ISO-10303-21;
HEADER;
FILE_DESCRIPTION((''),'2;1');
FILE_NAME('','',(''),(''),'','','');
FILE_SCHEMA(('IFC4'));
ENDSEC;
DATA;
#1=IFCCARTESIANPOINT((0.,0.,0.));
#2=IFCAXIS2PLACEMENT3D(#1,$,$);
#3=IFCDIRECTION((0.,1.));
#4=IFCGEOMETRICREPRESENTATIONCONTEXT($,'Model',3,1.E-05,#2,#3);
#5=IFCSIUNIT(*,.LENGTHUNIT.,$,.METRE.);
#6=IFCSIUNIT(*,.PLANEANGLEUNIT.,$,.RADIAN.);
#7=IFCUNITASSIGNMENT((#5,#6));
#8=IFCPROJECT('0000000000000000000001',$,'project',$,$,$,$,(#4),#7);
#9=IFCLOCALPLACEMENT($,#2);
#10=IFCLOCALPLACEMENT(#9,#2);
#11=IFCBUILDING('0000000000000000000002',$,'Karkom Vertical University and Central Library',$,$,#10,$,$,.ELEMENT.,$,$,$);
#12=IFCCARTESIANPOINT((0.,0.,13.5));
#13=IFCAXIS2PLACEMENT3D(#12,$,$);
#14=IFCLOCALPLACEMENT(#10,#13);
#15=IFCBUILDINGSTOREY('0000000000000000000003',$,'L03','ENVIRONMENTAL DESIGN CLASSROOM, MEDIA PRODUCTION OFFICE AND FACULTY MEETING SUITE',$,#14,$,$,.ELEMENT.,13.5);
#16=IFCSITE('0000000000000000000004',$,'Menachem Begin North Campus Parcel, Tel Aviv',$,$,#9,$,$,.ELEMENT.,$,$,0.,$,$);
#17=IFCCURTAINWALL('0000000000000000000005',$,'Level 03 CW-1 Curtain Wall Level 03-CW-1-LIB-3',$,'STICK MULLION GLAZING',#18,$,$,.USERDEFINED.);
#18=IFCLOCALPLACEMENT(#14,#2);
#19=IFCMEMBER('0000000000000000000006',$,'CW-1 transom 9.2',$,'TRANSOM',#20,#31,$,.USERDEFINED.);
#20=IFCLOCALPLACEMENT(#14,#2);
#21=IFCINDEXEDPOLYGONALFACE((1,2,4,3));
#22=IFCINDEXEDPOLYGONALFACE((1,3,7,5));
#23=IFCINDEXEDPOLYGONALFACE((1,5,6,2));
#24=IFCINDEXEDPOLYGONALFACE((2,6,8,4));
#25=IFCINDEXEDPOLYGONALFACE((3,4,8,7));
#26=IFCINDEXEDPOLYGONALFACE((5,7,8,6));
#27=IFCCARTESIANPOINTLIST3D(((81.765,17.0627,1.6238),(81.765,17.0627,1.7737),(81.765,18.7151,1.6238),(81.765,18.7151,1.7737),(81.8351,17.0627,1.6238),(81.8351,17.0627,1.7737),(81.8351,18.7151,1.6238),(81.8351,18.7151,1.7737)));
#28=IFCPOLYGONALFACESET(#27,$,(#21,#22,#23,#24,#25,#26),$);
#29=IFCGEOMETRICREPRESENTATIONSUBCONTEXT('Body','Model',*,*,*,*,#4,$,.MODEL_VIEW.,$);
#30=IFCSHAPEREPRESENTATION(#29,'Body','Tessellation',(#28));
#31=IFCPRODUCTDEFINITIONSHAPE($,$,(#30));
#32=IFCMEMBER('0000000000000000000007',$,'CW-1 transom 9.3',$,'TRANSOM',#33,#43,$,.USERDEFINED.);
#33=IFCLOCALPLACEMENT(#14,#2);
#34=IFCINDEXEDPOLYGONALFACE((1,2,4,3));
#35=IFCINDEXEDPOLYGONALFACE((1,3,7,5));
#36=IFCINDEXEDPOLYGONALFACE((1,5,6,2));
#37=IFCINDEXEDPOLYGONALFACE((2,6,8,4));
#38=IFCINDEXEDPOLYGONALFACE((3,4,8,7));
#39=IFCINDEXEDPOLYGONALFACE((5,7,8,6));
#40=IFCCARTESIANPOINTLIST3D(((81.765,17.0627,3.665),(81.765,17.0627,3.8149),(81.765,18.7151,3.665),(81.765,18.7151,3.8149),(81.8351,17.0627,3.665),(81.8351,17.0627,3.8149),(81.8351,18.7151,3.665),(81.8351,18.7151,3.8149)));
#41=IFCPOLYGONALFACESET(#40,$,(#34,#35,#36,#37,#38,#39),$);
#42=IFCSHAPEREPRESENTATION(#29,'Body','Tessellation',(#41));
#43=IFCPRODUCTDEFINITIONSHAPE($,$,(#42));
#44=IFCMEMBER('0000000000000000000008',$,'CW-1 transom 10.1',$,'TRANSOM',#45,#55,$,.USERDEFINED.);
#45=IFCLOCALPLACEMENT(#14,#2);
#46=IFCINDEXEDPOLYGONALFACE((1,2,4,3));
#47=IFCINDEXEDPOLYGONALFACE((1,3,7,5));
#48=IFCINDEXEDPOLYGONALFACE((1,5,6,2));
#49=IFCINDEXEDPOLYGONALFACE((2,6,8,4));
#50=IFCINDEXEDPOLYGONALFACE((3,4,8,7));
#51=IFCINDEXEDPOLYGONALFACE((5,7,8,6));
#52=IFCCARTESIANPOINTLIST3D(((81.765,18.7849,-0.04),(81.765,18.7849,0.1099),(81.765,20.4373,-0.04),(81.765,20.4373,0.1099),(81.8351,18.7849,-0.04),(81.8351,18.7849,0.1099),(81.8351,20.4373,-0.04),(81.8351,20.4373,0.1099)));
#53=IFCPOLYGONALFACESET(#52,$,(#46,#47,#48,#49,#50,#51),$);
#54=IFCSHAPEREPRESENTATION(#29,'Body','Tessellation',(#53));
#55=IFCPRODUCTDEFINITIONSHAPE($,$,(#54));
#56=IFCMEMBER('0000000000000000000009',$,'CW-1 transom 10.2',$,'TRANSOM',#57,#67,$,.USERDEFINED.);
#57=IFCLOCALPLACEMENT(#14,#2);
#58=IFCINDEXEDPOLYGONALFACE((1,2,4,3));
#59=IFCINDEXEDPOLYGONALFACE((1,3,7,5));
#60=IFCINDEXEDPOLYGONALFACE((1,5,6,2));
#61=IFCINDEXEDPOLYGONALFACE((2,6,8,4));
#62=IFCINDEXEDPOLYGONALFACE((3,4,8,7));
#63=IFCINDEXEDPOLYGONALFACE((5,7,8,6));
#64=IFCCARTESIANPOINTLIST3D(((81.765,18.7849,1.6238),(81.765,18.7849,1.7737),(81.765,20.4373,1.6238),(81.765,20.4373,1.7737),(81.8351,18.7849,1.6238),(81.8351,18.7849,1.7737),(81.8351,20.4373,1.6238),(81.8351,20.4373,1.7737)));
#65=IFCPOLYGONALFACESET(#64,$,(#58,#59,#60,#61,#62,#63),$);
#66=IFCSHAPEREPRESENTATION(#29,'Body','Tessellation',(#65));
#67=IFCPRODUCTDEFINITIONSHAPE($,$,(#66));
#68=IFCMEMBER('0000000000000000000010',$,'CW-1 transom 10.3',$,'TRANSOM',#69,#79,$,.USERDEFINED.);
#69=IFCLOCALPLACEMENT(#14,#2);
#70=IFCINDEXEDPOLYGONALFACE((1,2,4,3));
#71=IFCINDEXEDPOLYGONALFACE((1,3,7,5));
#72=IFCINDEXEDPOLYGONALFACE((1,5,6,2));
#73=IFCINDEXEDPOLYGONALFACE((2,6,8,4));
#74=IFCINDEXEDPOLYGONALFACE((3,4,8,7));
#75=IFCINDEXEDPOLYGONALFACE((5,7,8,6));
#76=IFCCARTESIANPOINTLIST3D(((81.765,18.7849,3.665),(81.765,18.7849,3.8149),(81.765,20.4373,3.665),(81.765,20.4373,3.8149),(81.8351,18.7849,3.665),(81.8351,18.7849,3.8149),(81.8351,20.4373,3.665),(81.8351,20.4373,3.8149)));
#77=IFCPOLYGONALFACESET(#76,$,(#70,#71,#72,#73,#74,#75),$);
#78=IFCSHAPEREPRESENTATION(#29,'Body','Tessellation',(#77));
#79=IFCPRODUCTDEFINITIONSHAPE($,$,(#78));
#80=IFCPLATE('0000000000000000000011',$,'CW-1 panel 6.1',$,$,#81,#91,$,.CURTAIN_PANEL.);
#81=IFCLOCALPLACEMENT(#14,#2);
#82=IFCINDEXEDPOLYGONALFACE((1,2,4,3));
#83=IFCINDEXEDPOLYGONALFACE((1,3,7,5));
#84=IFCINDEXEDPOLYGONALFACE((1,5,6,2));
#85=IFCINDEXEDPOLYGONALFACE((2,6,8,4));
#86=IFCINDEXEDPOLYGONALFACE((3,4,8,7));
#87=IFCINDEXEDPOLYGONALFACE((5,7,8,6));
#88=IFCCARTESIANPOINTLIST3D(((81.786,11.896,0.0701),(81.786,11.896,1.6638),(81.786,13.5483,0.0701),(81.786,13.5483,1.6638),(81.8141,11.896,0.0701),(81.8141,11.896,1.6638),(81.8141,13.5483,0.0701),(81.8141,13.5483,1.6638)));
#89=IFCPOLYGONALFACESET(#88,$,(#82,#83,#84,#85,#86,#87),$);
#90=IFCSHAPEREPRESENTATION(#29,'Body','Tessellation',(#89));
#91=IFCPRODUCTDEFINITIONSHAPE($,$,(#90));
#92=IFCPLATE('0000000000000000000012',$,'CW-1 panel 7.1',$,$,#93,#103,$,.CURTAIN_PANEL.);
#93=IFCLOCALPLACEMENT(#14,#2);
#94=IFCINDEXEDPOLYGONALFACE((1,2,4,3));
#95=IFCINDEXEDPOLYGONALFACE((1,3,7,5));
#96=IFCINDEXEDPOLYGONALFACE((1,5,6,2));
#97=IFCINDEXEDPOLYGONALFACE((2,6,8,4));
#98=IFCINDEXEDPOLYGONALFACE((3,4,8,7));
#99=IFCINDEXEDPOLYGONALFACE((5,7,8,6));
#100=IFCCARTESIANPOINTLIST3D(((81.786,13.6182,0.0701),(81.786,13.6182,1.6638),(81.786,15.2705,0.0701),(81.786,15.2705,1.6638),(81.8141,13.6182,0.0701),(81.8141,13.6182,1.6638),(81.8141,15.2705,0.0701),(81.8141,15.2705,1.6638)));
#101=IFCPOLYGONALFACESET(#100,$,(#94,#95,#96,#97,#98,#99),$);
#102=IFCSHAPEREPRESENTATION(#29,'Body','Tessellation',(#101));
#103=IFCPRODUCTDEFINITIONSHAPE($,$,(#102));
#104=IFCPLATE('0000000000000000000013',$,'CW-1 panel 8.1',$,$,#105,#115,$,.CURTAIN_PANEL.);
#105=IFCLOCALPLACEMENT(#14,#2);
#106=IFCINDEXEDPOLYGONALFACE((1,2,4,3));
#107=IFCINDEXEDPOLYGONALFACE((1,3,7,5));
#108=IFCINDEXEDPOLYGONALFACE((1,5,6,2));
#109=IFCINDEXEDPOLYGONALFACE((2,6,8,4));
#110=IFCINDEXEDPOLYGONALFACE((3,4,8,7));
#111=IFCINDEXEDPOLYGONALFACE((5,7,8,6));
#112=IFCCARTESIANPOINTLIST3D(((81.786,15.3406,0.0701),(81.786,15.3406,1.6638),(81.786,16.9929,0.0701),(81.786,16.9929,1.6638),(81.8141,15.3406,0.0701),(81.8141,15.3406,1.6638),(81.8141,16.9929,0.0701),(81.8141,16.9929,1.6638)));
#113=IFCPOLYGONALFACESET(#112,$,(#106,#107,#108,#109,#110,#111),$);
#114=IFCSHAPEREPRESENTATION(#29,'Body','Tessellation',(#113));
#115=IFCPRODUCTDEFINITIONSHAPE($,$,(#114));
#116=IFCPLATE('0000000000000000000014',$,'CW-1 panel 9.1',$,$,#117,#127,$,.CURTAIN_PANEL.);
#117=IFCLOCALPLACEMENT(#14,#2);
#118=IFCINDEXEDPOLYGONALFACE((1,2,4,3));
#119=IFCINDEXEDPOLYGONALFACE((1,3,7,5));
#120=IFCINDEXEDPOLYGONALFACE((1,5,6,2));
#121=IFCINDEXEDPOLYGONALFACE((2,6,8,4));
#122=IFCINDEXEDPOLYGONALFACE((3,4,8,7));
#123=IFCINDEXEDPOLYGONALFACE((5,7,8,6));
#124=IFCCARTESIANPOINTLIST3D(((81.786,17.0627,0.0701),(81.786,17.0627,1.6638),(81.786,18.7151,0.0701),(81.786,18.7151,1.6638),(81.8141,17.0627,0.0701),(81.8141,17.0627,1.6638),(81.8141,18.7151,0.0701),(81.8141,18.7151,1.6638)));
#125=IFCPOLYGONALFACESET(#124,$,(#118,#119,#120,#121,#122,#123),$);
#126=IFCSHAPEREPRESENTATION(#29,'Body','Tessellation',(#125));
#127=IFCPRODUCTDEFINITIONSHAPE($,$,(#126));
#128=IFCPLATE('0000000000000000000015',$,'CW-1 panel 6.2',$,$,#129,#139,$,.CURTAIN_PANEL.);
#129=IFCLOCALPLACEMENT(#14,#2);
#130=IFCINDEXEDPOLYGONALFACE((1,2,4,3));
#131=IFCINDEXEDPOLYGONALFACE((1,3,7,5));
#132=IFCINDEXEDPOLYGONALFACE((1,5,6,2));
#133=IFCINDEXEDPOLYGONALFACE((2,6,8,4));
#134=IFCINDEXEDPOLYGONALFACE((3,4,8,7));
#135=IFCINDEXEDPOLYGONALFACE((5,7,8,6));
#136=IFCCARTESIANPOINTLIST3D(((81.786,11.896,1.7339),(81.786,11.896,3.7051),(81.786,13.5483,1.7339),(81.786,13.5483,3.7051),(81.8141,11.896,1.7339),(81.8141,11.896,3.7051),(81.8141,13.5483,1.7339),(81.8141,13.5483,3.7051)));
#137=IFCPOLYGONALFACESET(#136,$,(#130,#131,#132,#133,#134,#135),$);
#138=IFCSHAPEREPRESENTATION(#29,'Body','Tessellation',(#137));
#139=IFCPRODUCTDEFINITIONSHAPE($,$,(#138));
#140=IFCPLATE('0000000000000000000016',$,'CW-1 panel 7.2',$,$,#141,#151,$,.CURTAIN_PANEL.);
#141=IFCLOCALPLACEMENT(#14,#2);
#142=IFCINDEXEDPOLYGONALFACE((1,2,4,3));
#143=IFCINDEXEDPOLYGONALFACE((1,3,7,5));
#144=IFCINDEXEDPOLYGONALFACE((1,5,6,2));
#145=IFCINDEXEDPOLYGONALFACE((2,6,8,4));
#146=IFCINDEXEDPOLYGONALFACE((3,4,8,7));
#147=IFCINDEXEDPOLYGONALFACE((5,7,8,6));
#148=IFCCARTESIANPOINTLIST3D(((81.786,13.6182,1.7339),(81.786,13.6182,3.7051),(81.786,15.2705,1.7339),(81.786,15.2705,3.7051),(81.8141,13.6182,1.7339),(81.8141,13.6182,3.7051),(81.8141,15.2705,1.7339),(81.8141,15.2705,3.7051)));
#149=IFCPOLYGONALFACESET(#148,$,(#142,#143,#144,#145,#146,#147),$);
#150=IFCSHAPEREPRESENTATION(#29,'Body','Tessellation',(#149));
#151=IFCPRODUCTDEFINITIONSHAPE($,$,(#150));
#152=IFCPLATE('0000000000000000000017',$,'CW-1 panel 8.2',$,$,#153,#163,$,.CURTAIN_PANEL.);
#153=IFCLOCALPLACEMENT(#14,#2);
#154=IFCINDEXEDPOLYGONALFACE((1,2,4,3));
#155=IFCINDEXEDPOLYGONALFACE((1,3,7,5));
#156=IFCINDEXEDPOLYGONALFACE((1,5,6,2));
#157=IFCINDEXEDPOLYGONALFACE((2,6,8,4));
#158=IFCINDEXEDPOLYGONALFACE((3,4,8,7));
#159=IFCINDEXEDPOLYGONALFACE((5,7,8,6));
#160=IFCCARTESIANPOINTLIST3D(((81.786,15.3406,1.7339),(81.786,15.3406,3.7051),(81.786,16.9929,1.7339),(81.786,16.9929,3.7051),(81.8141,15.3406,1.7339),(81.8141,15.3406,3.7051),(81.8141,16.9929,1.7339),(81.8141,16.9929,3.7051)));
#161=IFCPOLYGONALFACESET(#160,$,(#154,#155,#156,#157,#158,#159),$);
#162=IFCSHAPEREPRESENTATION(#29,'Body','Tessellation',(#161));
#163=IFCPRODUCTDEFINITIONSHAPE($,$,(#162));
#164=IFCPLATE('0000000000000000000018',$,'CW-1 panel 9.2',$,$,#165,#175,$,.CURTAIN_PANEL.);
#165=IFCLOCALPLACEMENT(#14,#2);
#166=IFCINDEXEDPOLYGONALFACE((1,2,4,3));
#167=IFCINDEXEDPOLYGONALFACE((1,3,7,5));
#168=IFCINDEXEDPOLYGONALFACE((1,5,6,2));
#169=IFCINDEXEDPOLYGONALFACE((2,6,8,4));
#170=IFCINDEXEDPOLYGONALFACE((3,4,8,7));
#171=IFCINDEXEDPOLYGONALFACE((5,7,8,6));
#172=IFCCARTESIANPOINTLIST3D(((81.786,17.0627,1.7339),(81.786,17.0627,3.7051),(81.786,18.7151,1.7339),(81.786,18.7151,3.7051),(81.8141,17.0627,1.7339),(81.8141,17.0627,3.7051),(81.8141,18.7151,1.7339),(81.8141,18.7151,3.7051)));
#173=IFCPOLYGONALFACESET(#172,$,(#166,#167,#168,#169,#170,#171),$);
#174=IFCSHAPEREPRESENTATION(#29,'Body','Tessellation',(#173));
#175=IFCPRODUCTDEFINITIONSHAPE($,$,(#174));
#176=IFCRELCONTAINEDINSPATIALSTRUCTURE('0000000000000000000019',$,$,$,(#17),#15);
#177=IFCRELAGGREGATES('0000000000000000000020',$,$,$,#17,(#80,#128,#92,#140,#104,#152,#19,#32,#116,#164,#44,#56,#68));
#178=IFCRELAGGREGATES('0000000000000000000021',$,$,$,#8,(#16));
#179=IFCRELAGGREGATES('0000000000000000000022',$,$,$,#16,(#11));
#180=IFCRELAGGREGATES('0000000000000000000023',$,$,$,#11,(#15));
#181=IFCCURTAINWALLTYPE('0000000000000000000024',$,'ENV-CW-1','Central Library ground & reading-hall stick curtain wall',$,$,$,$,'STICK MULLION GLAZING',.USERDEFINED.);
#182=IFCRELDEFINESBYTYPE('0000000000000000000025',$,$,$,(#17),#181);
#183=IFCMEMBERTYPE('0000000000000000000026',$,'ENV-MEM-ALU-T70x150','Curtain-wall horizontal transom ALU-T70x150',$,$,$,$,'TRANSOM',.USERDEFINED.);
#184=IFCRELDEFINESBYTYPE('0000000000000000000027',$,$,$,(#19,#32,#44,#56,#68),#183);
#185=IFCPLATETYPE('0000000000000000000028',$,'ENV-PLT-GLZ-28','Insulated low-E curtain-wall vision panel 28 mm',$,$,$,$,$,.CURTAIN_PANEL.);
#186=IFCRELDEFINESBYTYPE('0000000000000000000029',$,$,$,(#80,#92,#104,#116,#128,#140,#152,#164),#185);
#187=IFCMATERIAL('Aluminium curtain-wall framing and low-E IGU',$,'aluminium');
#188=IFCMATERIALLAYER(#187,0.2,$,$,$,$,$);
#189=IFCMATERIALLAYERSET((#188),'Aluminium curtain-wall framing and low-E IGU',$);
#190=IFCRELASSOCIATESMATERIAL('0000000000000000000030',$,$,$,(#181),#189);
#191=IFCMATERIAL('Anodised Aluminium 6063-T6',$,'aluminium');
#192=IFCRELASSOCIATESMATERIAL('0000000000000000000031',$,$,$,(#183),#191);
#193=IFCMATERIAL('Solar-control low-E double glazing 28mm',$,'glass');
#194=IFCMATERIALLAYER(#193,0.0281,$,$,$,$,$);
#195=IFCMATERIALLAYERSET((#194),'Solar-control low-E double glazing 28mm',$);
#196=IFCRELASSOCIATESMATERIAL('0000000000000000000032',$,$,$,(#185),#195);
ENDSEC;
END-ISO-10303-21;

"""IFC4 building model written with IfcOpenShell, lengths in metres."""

from ifc_helpers import new_model, si_unit, direction, frame, origin, origin_with_axes, origin_2d, place, context, subcontext, project, spatial, rectangle, extrude, source, transform, mapped, material, layer, layer_set, material_profile, profile_set, type_object, element, aggregate, save


model = new_model("IFC4")

# Units and contexts
model_context = context("Model", 3, precision=1e-05, world=origin(), true_north=direction((0.0, 1.0)))
body_context = subcontext(model_context, "Body", "Model", "MODEL_VIEW")
ifc_project = project(units=[si_unit("LENGTHUNIT", "METRE"), si_unit("PLANEANGLEUNIT", "RADIAN")], contexts=[model_context])

# Site, building, storey
site_placement = place(None, origin())
site = spatial("IfcSite", under=ifc_project, at=site_placement, Name="Menachem Begin North Campus Parcel, Tel Aviv", CompositionType="ELEMENT", RefElevation=0.0)
building_placement = place(site_placement, origin())
building = spatial("IfcBuilding", under=site, at=building_placement, Name="Karkom Vertical University and Central Library", CompositionType="ELEMENT")
storey_placement = place(building_placement, frame((0.0, 0.0, 13.5)))
storey = spatial("IfcBuildingStorey", under=building, at=storey_placement, Name="L03", Description="ENVIRONMENTAL DESIGN CLASSROOM, MEDIA PRODUCTION OFFICE AND FACULTY MEETING SUITE", CompositionType="ELEMENT", Elevation=13.5)

# Curtain wall, members, plates
ifc_material_1 = material(Name="Aluminium curtain-wall framing and low-E IGU", Category="aluminium")
ifc_layer_1 = layer(ifc_material_1, 0.2)
ifc_layer_set_1 = layer_set([ifc_layer_1], Name="Aluminium curtain-wall framing and low-E IGU")
curtain_wall_type = type_object("IfcCurtainWallType", Name="ENV-CW-1", Description="Central Library ground & reading-hall stick curtain wall", ElementType="STICK MULLION GLAZING", PredefinedType="USERDEFINED", material=ifc_layer_set_1)
curtain_wall_placement = place(storey_placement, origin())
curtain_wall = element("IfcCurtainWall", 1, at=curtain_wall_placement, inside=storey, type_object=curtain_wall_type, Name="Level 03 CW-1 Curtain Wall Level 03-CW-1-LIB-3", ObjectType="STICK MULLION GLAZING", PredefinedType="USERDEFINED")
ifc_material_2 = material(Name="Anodised Aluminium 6063-T6", Category="aluminium")
ifc_material_profile_1 = material_profile(ifc_material_2, rectangle(XDim=0.0701, YDim=0.1499, at=origin_2d()), Name="ALU-T70x150")
ifc_profile_set_1 = profile_set([ifc_material_profile_1], Name="Anodised Aluminium 6063-T6")
member_type_1 = type_object("IfcMemberType", Name="ENV-MEM-ALU-T70x150", Description="Curtain-wall horizontal transom ALU-T70x150", ElementType="TRANSOM", PredefinedType="USERDEFINED", material=ifc_profile_set_1)
shared_shape_1 = source(origin_with_axes(), body_context, "Body", "SweptSolid", [
    extrude(rectangle(XDim=0.0701, YDim=0.1499, at=origin_2d()), origin(), (0.0, 0.0, 1.0), 1.6523),
])
member_1_placement = place(storey_placement, frame((81.8, 17.0627, 1.6987), z_axis=(0.0, 1.0, 0.0), x_axis=(-1.0, 0.0, 0.0)))
member_1 = element("IfcMember", 2, at=member_1_placement, type_object=member_type_1, Name="CW-1 transom 9.2", ObjectType="TRANSOM", PredefinedType="USERDEFINED", context=body_context, shape_type="MappedRepresentation", body=[
    mapped(shared_shape_1, transform((0.0, 0.0, 0.0), scale=1.0)),
])
member_2_placement = place(storey_placement, frame((81.8, 17.0627, 3.74), z_axis=(0.0, 1.0, 0.0), x_axis=(-1.0, 0.0, 0.0)))
member_2 = element("IfcMember", 3, at=member_2_placement, type_object=member_type_1, Name="CW-1 transom 9.3", ObjectType="TRANSOM", PredefinedType="USERDEFINED", context=body_context, shape_type="MappedRepresentation", body=[
    mapped(shared_shape_1, transform((0.0, 0.0, 0.0), scale=1.0)),
])
member_3_placement = place(storey_placement, frame((81.8, 18.7849, 0.0349), z_axis=(0.0, 1.0, 0.0), x_axis=(-1.0, 0.0, 0.0)))
member_3 = element("IfcMember", 4, at=member_3_placement, type_object=member_type_1, Name="CW-1 transom 10.1", ObjectType="TRANSOM", PredefinedType="USERDEFINED", context=body_context, shape_type="MappedRepresentation", body=[
    mapped(shared_shape_1, transform((0.0, 0.0, 0.0), scale=1.0)),
])
member_4_placement = place(storey_placement, frame((81.8, 18.7849, 1.6987), z_axis=(0.0, 1.0, 0.0), x_axis=(-1.0, 0.0, 0.0)))
member_4 = element("IfcMember", 5, at=member_4_placement, type_object=member_type_1, Name="CW-1 transom 10.2", ObjectType="TRANSOM", PredefinedType="USERDEFINED", context=body_context, shape_type="MappedRepresentation", body=[
    mapped(shared_shape_1, transform((0.0, 0.0, 0.0), scale=1.0)),
])
member_5_placement = place(storey_placement, frame((81.8, 18.7849, 3.74), z_axis=(0.0, 1.0, 0.0), x_axis=(-1.0, 0.0, 0.0)))
member_5 = element("IfcMember", 6, at=member_5_placement, type_object=member_type_1, Name="CW-1 transom 10.3", ObjectType="TRANSOM", PredefinedType="USERDEFINED", context=body_context, shape_type="MappedRepresentation", body=[
    mapped(shared_shape_1, transform((0.0, 0.0, 0.0), scale=1.0)),
])
ifc_material_3 = material(Name="Solar-control low-E double glazing 28mm", Category="glass")
ifc_layer_2 = layer(ifc_material_3, 0.0281)
ifc_layer_set_2 = layer_set([ifc_layer_2], Name="Solar-control low-E double glazing 28mm")
plate_type = type_object("IfcPlateType", Name="ENV-PLT-GLZ-28", Description="Insulated low-E curtain-wall vision panel 28 mm", PredefinedType="CURTAIN_PANEL", material=ifc_layer_set_2)
shared_shape_2 = source(origin_with_axes(), body_context, "Body", "SweptSolid", [
    extrude(rectangle(XDim=1.6523, YDim=0.0281, at=origin_2d()), origin(), (0.0, 0.0, 1.0), 1.5938),
])
plate_1_placement = place(storey_placement, frame((81.8, 12.7222, 0.0701), z_axis=(0.0, 0.0, 1.0), x_axis=(0.0, 1.0, 0.0)))
plate_1 = element("IfcPlate", 7, at=plate_1_placement, type_object=plate_type, Name="CW-1 panel 6.1", PredefinedType="CURTAIN_PANEL", context=body_context, shape_type="MappedRepresentation", body=[
    mapped(shared_shape_2, transform((0.0, 0.0, 0.0), scale=1.0)),
])
plate_2_placement = place(storey_placement, frame((81.8, 14.4443, 0.0701), z_axis=(0.0, 0.0, 1.0), x_axis=(0.0, 1.0, 0.0)))
plate_2 = element("IfcPlate", 8, at=plate_2_placement, type_object=plate_type, Name="CW-1 panel 7.1", PredefinedType="CURTAIN_PANEL", context=body_context, shape_type="MappedRepresentation", body=[
    mapped(shared_shape_2, transform((0.0, 0.0, 0.0), scale=1.0)),
])
plate_3_placement = place(storey_placement, frame((81.8, 16.1667, 0.0701), z_axis=(0.0, 0.0, 1.0), x_axis=(0.0, 1.0, 0.0)))
plate_3 = element("IfcPlate", 9, at=plate_3_placement, type_object=plate_type, Name="CW-1 panel 8.1", PredefinedType="CURTAIN_PANEL", context=body_context, shape_type="MappedRepresentation", body=[
    mapped(shared_shape_2, transform((0.0, 0.0, 0.0), scale=1.0)),
])
plate_4_placement = place(storey_placement, frame((81.8, 17.8889, 0.0701), z_axis=(0.0, 0.0, 1.0), x_axis=(0.0, 1.0, 0.0)))
plate_4 = element("IfcPlate", 10, at=plate_4_placement, type_object=plate_type, Name="CW-1 panel 9.1", PredefinedType="CURTAIN_PANEL", context=body_context, shape_type="MappedRepresentation", body=[
    mapped(shared_shape_2, transform((0.0, 0.0, 0.0), scale=1.0)),
])
shared_shape_3 = source(origin_with_axes(), body_context, "Body", "SweptSolid", [
    extrude(rectangle(XDim=1.6523, YDim=0.0281, at=origin_2d()), origin(), (0.0, 0.0, 1.0), 1.9712),
])
plate_5_placement = place(storey_placement, frame((81.8, 12.7222, 1.7339), z_axis=(0.0, 0.0, 1.0), x_axis=(0.0, 1.0, 0.0)))
plate_5 = element("IfcPlate", 11, at=plate_5_placement, type_object=plate_type, Name="CW-1 panel 6.2", PredefinedType="CURTAIN_PANEL", context=body_context, shape_type="MappedRepresentation", body=[
    mapped(shared_shape_3, transform((0.0, 0.0, 0.0), scale=1.0)),
])
plate_6_placement = place(storey_placement, frame((81.8, 14.4443, 1.7339), z_axis=(0.0, 0.0, 1.0), x_axis=(0.0, 1.0, 0.0)))
plate_6 = element("IfcPlate", 12, at=plate_6_placement, type_object=plate_type, Name="CW-1 panel 7.2", PredefinedType="CURTAIN_PANEL", context=body_context, shape_type="MappedRepresentation", body=[
    mapped(shared_shape_3, transform((0.0, 0.0, 0.0), scale=1.0)),
])
plate_7_placement = place(storey_placement, frame((81.8, 16.1667, 1.7339), z_axis=(0.0, 0.0, 1.0), x_axis=(0.0, 1.0, 0.0)))
plate_7 = element("IfcPlate", 13, at=plate_7_placement, type_object=plate_type, Name="CW-1 panel 8.2", PredefinedType="CURTAIN_PANEL", context=body_context, shape_type="MappedRepresentation", body=[
    mapped(shared_shape_3, transform((0.0, 0.0, 0.0), scale=1.0)),
])
plate_8_placement = place(storey_placement, frame((81.8, 17.8889, 1.7339), z_axis=(0.0, 0.0, 1.0), x_axis=(0.0, 1.0, 0.0)))
plate_8 = element("IfcPlate", 14, at=plate_8_placement, type_object=plate_type, Name="CW-1 panel 9.2", PredefinedType="CURTAIN_PANEL", context=body_context, shape_type="MappedRepresentation", body=[
    mapped(shared_shape_3, transform((0.0, 0.0, 0.0), scale=1.0)),
])
aggregate(curtain_wall, [plate_1, plate_5, plate_2, plate_6, plate_3, plate_7, member_1, member_2, plate_4, plate_8, member_3, member_4, member_5])

save(model, "model.ifc")
